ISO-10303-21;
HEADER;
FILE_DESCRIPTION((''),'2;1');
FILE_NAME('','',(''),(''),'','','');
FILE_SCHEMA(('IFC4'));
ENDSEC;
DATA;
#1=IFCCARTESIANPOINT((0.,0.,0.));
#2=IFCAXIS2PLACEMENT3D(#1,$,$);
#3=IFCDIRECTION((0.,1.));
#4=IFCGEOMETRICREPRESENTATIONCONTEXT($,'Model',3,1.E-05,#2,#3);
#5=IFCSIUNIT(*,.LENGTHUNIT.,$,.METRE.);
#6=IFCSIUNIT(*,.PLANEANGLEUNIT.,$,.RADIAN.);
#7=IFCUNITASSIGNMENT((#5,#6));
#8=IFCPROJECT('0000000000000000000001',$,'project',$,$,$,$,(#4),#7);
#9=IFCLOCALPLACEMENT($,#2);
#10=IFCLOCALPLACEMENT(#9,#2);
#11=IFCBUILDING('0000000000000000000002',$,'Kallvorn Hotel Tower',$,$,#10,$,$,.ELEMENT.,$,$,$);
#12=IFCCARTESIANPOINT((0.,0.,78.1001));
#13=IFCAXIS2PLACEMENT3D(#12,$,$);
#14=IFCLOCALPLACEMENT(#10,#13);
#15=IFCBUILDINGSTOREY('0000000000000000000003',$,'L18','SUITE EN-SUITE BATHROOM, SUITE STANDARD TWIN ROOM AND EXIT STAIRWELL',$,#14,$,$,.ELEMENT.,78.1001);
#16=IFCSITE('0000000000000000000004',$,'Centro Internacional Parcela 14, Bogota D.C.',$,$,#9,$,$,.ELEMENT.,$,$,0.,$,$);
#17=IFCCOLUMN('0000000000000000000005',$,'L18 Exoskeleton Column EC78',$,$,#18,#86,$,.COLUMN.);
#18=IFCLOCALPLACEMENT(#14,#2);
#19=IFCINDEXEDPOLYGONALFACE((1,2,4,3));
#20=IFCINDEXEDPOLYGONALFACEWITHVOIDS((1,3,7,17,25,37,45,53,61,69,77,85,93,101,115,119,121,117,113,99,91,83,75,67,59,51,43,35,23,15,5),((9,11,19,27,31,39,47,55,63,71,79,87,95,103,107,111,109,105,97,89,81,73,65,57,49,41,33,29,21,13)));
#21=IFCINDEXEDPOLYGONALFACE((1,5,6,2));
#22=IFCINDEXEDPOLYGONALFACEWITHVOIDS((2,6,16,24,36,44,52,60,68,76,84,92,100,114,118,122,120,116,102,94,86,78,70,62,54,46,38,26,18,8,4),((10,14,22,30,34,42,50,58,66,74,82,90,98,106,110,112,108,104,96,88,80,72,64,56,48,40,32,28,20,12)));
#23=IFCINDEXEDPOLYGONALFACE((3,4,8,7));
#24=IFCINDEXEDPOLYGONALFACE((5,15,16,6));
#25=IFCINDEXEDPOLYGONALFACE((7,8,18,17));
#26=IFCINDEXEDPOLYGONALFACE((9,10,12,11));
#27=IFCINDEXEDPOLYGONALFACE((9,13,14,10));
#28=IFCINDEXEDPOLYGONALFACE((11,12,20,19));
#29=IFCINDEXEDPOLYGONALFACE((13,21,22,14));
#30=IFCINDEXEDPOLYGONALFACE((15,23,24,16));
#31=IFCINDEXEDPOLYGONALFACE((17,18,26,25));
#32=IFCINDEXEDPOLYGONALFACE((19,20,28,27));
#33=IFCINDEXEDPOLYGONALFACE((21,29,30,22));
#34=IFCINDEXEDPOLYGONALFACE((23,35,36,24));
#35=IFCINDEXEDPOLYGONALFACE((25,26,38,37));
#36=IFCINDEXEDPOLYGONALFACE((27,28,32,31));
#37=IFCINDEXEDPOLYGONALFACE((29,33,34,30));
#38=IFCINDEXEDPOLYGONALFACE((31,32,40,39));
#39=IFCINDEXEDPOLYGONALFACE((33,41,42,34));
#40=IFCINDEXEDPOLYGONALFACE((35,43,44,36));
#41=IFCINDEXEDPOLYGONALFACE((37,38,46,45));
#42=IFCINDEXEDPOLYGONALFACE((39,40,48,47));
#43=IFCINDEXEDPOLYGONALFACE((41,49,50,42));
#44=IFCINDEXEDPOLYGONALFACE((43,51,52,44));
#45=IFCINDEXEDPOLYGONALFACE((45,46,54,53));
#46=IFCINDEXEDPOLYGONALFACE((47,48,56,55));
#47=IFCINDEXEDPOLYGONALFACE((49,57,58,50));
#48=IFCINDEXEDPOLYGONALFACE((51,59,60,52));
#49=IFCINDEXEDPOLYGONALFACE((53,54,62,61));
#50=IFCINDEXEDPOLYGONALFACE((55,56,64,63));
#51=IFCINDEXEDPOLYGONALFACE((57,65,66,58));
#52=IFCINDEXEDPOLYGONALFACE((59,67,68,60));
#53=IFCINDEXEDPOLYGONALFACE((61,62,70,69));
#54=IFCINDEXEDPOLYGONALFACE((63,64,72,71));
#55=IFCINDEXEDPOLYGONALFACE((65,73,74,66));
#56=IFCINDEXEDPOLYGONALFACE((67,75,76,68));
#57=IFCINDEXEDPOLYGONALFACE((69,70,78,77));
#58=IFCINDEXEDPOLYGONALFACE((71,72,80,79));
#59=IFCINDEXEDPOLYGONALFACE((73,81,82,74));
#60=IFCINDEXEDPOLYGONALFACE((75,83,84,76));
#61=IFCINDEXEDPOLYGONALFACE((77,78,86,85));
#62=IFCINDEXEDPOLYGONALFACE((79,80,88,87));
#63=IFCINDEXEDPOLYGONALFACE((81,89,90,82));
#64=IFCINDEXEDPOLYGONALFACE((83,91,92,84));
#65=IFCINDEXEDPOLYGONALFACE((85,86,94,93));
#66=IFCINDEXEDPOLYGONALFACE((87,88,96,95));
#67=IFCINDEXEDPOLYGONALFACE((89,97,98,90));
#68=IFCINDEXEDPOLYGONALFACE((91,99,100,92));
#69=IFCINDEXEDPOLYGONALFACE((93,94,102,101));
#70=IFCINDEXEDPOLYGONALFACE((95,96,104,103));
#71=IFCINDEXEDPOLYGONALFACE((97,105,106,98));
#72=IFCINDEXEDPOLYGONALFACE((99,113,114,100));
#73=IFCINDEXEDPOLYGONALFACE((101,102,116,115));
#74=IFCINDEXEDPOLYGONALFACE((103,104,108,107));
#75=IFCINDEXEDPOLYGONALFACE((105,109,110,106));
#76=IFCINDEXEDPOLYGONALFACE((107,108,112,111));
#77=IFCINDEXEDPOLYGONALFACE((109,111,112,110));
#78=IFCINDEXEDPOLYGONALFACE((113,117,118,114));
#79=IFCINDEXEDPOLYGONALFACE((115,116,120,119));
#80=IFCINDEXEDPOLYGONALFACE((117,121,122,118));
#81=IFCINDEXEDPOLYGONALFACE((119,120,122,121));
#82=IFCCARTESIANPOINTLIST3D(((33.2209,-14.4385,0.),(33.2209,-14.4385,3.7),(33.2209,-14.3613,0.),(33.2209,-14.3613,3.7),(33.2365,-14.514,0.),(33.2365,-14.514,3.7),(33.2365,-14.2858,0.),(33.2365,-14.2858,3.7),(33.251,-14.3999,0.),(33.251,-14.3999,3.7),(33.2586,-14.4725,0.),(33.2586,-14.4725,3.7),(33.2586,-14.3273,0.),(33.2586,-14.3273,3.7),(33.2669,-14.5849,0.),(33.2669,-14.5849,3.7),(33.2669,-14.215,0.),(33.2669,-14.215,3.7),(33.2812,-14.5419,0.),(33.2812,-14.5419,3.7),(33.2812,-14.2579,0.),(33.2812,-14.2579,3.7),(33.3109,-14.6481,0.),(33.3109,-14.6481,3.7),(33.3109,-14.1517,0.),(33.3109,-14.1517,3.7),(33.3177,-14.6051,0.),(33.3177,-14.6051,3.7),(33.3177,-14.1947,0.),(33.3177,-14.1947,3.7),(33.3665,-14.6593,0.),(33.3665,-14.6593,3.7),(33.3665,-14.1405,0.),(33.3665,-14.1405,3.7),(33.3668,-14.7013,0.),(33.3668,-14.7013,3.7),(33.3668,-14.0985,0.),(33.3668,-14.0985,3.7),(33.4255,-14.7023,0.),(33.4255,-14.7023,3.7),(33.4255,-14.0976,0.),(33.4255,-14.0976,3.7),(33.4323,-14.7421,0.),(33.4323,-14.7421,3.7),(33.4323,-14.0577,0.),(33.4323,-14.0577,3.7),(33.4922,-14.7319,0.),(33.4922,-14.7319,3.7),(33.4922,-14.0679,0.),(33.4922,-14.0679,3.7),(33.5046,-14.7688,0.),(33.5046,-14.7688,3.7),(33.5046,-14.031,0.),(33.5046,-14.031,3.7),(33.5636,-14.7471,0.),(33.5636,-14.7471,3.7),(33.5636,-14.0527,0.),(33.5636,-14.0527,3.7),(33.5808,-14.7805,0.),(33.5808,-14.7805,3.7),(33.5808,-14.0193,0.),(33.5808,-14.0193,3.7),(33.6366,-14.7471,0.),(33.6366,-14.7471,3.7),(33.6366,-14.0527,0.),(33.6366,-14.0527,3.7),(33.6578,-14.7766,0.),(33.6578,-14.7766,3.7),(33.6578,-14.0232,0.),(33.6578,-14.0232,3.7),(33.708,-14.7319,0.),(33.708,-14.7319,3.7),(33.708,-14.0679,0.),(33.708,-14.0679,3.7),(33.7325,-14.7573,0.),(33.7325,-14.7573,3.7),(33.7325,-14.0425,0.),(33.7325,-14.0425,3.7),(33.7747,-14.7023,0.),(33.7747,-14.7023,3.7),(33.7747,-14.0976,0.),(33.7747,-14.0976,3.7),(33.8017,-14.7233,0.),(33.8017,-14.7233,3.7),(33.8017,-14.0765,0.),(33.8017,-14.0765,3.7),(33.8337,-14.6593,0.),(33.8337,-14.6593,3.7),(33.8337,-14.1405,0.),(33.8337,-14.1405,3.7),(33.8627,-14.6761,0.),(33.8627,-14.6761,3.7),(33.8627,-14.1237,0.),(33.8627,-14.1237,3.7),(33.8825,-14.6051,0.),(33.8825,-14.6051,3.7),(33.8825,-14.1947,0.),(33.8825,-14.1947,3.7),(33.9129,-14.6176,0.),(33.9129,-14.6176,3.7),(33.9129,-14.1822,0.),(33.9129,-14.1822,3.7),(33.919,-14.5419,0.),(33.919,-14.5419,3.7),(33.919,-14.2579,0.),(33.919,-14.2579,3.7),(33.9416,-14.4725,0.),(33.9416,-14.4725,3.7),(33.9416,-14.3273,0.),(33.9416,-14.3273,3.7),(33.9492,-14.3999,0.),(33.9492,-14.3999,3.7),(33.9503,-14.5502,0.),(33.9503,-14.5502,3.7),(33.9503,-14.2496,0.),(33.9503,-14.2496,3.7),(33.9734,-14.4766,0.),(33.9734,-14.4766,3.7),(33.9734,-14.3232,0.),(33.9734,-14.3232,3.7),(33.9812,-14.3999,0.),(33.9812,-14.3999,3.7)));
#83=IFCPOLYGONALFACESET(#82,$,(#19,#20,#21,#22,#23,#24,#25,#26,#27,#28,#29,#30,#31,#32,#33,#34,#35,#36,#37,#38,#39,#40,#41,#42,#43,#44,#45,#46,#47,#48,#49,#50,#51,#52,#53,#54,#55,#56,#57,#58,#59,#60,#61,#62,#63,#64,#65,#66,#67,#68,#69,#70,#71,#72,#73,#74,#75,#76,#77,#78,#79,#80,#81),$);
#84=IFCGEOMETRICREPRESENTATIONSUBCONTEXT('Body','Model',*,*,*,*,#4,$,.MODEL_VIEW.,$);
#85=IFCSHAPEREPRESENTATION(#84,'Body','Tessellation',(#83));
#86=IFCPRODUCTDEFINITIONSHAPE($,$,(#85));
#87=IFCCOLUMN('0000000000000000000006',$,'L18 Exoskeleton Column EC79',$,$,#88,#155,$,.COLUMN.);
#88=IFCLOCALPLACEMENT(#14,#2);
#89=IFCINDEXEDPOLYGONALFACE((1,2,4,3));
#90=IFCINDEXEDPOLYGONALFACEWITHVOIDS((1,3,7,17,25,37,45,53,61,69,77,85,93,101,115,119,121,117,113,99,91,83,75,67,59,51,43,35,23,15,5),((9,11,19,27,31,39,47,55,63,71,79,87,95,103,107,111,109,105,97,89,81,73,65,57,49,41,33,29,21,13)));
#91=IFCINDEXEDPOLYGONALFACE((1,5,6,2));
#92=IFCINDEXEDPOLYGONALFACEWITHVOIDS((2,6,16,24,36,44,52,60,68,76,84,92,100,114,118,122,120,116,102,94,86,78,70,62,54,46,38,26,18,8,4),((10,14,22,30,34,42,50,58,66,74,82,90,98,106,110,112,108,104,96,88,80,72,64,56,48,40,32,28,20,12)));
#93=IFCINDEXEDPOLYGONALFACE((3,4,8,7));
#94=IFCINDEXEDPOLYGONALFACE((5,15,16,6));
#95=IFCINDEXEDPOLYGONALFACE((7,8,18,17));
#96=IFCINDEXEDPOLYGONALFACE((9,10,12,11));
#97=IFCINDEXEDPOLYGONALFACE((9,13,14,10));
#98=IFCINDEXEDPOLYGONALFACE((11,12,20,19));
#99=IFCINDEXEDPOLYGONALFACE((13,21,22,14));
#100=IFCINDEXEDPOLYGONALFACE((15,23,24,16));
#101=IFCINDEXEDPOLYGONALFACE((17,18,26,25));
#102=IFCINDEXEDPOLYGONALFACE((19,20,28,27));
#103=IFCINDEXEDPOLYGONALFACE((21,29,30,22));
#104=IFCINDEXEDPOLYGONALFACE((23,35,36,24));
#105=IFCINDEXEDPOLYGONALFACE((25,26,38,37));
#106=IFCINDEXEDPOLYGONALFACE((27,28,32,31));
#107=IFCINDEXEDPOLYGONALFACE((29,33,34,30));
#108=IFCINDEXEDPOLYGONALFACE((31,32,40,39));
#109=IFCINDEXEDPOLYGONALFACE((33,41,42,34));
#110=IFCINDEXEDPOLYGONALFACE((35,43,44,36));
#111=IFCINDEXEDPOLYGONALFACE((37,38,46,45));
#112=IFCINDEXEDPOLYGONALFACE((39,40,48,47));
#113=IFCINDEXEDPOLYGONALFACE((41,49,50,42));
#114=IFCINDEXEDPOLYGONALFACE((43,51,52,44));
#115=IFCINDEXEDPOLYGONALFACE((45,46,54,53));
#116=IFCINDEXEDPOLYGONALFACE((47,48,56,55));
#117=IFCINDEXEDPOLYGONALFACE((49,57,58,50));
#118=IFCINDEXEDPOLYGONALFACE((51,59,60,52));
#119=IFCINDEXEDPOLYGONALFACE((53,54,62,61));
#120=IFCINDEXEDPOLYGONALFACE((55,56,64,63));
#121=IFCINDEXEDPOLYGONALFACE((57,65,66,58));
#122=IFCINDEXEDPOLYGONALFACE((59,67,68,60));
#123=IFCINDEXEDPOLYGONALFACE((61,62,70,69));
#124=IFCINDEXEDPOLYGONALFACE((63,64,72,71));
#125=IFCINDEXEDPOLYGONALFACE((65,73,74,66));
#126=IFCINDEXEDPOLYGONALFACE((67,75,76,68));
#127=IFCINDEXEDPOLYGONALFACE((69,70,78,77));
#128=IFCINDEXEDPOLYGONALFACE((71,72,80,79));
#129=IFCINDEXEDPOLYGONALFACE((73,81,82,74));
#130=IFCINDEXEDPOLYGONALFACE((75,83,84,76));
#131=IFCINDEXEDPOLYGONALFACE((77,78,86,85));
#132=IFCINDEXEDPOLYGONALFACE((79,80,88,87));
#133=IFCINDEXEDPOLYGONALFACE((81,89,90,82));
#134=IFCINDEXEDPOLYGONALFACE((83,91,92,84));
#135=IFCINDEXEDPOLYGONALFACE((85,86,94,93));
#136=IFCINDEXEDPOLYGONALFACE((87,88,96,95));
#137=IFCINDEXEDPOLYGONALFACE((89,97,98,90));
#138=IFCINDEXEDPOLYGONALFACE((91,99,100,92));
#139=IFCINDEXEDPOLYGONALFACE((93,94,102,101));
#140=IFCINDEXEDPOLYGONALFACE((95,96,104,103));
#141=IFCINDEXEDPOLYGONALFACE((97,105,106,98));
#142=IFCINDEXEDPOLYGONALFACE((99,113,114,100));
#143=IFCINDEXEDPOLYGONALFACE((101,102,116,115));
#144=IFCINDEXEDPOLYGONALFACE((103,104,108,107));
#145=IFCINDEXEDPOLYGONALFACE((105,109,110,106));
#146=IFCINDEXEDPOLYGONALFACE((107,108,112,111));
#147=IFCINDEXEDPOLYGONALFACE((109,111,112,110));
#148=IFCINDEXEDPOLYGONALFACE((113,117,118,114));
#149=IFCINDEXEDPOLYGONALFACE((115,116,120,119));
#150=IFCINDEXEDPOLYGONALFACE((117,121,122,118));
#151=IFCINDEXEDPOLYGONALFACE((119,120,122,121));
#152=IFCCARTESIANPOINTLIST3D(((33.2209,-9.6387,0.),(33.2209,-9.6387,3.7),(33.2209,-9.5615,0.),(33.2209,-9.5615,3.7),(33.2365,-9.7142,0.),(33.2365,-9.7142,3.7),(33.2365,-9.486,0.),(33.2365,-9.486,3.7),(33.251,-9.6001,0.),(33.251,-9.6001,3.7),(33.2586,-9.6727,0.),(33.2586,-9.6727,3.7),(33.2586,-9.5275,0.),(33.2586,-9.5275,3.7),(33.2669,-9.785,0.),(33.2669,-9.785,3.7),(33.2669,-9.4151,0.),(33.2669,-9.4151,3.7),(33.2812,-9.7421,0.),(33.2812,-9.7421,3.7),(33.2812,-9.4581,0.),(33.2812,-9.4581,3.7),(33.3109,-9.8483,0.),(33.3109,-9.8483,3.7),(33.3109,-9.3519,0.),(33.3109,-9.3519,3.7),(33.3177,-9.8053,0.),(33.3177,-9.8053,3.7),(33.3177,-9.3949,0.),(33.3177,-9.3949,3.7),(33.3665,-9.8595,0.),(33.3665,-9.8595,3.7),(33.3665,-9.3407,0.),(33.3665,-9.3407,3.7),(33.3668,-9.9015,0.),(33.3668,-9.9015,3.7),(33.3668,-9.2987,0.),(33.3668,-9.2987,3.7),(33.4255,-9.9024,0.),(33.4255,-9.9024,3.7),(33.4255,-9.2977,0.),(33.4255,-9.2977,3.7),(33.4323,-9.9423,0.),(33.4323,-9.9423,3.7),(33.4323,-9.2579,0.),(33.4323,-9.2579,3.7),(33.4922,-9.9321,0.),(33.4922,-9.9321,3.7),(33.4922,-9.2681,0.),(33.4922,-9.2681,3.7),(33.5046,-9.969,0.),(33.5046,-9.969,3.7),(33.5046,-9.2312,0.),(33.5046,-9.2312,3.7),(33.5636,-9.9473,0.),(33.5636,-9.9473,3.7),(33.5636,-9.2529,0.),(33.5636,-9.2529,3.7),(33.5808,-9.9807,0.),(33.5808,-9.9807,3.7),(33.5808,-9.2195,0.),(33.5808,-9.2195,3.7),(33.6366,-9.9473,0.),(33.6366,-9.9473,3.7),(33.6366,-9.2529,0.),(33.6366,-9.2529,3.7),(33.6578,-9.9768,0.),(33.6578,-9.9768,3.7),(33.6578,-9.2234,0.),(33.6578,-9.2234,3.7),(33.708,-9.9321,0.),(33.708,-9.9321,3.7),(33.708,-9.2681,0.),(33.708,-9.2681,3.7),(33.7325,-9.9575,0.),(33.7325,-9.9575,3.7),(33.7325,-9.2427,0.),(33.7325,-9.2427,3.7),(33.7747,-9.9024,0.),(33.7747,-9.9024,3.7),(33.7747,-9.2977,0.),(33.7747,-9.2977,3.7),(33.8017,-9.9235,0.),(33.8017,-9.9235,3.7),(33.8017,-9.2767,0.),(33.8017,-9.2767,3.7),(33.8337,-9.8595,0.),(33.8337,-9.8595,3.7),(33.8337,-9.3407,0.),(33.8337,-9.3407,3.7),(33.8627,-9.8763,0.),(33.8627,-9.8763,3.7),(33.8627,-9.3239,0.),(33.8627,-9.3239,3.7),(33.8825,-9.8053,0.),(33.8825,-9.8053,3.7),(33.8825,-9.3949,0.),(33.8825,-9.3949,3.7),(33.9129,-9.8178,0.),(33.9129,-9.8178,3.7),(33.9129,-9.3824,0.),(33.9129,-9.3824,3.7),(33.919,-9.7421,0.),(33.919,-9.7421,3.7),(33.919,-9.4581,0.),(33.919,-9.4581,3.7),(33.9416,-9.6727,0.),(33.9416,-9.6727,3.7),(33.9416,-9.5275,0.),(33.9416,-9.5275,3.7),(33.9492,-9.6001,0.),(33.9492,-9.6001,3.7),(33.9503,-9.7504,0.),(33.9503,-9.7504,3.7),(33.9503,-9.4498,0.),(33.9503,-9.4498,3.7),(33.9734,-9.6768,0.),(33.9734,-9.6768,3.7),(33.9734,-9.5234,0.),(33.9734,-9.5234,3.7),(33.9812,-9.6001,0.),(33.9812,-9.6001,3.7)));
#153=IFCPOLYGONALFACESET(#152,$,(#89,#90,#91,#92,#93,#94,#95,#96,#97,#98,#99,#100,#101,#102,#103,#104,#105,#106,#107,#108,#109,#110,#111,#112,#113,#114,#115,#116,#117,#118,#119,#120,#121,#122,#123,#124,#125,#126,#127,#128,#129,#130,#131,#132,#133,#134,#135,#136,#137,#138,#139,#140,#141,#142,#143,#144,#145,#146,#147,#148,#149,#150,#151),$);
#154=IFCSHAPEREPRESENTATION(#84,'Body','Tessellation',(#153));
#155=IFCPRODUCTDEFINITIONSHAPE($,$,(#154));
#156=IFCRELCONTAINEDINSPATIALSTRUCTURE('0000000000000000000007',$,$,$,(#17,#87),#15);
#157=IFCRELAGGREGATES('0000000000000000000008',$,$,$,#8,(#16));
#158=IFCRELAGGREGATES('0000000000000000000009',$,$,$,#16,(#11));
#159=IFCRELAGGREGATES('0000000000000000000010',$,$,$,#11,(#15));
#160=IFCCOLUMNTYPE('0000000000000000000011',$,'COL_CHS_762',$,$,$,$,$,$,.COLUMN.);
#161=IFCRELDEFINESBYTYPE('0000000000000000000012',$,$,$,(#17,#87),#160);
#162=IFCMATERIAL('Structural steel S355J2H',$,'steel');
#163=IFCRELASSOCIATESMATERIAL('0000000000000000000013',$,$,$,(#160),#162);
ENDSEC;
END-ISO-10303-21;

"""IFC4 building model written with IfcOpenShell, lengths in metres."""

from ifc_helpers import new_model, si_unit, direction, frame, origin, origin_2d, place, context, subcontext, project, spatial, hollow_circle, extrude, material, material_profile, profile_set, type_object, element, save


model = new_model("IFC4")

# Units and contexts
model_context = context("Model", 3, precision=1e-05, world=origin(), true_north=direction((0.0, 1.0)))
body_context = subcontext(model_context, "Body", "Model", "MODEL_VIEW")
ifc_project = project(units=[si_unit("LENGTHUNIT", "METRE"), si_unit("PLANEANGLEUNIT", "RADIAN")], contexts=[model_context])

# Site, building, storey
site_placement = place(None, origin())
site = spatial("IfcSite", under=ifc_project, at=site_placement, Name="Centro Internacional Parcela 14, Bogota D.C.", CompositionType="ELEMENT", RefElevation=0.0)
building_placement = place(site_placement, origin())
building = spatial("IfcBuilding", under=site, at=building_placement, Name="Kallvorn Hotel Tower", CompositionType="ELEMENT")
storey_placement = place(building_placement, frame((0.0, 0.0, 78.1001)))
storey = spatial("IfcBuildingStorey", under=building, at=storey_placement, Name="L18", Description="SUITE EN-SUITE BATHROOM, SUITE STANDARD TWIN ROOM AND EXIT STAIRWELL", CompositionType="ELEMENT", Elevation=78.1001)

# Columns
ifc_material_1 = material(Name="Structural steel S355J2H", Category="steel")
ifc_material_profile_1 = material_profile(ifc_material_1, hollow_circle(Radius=0.3811, WallThickness=0.032, at=origin_2d()), Name="CHS 762x32")
ifc_profile_set_1 = profile_set([ifc_material_profile_1], Name="Structural steel S355J2H")
column_type_1 = type_object("IfcColumnType", Name="COL_CHS_762", PredefinedType="COLUMN", material=ifc_profile_set_1)
for number, where, z_axis, x_axis, name in (
    (1, (33.6001, -14.3999, 0.0), (0.0, 0.0, 1.0), (1.0, 0.0, 0.0), "L18 Exoskeleton Column EC78"),
    (2, (33.6001, -9.6001, 0.0), (0.0, 0.0, 1.0), (1.0, 0.0, 0.0), "L18 Exoskeleton Column EC79"),
):
    element("IfcColumn", number, at=place(storey_placement, frame(where, z_axis=z_axis, x_axis=x_axis)), inside=storey, type_object=column_type_1, Name=name, PredefinedType="COLUMN", context=body_context, shape_type="SweptSolid", body=[
        extrude(hollow_circle(Radius=0.3811, WallThickness=0.032, at=origin_2d()), origin(), (0.0, 0.0, 1.0), 3.7),
    ])

save(model, "model.ifc")
